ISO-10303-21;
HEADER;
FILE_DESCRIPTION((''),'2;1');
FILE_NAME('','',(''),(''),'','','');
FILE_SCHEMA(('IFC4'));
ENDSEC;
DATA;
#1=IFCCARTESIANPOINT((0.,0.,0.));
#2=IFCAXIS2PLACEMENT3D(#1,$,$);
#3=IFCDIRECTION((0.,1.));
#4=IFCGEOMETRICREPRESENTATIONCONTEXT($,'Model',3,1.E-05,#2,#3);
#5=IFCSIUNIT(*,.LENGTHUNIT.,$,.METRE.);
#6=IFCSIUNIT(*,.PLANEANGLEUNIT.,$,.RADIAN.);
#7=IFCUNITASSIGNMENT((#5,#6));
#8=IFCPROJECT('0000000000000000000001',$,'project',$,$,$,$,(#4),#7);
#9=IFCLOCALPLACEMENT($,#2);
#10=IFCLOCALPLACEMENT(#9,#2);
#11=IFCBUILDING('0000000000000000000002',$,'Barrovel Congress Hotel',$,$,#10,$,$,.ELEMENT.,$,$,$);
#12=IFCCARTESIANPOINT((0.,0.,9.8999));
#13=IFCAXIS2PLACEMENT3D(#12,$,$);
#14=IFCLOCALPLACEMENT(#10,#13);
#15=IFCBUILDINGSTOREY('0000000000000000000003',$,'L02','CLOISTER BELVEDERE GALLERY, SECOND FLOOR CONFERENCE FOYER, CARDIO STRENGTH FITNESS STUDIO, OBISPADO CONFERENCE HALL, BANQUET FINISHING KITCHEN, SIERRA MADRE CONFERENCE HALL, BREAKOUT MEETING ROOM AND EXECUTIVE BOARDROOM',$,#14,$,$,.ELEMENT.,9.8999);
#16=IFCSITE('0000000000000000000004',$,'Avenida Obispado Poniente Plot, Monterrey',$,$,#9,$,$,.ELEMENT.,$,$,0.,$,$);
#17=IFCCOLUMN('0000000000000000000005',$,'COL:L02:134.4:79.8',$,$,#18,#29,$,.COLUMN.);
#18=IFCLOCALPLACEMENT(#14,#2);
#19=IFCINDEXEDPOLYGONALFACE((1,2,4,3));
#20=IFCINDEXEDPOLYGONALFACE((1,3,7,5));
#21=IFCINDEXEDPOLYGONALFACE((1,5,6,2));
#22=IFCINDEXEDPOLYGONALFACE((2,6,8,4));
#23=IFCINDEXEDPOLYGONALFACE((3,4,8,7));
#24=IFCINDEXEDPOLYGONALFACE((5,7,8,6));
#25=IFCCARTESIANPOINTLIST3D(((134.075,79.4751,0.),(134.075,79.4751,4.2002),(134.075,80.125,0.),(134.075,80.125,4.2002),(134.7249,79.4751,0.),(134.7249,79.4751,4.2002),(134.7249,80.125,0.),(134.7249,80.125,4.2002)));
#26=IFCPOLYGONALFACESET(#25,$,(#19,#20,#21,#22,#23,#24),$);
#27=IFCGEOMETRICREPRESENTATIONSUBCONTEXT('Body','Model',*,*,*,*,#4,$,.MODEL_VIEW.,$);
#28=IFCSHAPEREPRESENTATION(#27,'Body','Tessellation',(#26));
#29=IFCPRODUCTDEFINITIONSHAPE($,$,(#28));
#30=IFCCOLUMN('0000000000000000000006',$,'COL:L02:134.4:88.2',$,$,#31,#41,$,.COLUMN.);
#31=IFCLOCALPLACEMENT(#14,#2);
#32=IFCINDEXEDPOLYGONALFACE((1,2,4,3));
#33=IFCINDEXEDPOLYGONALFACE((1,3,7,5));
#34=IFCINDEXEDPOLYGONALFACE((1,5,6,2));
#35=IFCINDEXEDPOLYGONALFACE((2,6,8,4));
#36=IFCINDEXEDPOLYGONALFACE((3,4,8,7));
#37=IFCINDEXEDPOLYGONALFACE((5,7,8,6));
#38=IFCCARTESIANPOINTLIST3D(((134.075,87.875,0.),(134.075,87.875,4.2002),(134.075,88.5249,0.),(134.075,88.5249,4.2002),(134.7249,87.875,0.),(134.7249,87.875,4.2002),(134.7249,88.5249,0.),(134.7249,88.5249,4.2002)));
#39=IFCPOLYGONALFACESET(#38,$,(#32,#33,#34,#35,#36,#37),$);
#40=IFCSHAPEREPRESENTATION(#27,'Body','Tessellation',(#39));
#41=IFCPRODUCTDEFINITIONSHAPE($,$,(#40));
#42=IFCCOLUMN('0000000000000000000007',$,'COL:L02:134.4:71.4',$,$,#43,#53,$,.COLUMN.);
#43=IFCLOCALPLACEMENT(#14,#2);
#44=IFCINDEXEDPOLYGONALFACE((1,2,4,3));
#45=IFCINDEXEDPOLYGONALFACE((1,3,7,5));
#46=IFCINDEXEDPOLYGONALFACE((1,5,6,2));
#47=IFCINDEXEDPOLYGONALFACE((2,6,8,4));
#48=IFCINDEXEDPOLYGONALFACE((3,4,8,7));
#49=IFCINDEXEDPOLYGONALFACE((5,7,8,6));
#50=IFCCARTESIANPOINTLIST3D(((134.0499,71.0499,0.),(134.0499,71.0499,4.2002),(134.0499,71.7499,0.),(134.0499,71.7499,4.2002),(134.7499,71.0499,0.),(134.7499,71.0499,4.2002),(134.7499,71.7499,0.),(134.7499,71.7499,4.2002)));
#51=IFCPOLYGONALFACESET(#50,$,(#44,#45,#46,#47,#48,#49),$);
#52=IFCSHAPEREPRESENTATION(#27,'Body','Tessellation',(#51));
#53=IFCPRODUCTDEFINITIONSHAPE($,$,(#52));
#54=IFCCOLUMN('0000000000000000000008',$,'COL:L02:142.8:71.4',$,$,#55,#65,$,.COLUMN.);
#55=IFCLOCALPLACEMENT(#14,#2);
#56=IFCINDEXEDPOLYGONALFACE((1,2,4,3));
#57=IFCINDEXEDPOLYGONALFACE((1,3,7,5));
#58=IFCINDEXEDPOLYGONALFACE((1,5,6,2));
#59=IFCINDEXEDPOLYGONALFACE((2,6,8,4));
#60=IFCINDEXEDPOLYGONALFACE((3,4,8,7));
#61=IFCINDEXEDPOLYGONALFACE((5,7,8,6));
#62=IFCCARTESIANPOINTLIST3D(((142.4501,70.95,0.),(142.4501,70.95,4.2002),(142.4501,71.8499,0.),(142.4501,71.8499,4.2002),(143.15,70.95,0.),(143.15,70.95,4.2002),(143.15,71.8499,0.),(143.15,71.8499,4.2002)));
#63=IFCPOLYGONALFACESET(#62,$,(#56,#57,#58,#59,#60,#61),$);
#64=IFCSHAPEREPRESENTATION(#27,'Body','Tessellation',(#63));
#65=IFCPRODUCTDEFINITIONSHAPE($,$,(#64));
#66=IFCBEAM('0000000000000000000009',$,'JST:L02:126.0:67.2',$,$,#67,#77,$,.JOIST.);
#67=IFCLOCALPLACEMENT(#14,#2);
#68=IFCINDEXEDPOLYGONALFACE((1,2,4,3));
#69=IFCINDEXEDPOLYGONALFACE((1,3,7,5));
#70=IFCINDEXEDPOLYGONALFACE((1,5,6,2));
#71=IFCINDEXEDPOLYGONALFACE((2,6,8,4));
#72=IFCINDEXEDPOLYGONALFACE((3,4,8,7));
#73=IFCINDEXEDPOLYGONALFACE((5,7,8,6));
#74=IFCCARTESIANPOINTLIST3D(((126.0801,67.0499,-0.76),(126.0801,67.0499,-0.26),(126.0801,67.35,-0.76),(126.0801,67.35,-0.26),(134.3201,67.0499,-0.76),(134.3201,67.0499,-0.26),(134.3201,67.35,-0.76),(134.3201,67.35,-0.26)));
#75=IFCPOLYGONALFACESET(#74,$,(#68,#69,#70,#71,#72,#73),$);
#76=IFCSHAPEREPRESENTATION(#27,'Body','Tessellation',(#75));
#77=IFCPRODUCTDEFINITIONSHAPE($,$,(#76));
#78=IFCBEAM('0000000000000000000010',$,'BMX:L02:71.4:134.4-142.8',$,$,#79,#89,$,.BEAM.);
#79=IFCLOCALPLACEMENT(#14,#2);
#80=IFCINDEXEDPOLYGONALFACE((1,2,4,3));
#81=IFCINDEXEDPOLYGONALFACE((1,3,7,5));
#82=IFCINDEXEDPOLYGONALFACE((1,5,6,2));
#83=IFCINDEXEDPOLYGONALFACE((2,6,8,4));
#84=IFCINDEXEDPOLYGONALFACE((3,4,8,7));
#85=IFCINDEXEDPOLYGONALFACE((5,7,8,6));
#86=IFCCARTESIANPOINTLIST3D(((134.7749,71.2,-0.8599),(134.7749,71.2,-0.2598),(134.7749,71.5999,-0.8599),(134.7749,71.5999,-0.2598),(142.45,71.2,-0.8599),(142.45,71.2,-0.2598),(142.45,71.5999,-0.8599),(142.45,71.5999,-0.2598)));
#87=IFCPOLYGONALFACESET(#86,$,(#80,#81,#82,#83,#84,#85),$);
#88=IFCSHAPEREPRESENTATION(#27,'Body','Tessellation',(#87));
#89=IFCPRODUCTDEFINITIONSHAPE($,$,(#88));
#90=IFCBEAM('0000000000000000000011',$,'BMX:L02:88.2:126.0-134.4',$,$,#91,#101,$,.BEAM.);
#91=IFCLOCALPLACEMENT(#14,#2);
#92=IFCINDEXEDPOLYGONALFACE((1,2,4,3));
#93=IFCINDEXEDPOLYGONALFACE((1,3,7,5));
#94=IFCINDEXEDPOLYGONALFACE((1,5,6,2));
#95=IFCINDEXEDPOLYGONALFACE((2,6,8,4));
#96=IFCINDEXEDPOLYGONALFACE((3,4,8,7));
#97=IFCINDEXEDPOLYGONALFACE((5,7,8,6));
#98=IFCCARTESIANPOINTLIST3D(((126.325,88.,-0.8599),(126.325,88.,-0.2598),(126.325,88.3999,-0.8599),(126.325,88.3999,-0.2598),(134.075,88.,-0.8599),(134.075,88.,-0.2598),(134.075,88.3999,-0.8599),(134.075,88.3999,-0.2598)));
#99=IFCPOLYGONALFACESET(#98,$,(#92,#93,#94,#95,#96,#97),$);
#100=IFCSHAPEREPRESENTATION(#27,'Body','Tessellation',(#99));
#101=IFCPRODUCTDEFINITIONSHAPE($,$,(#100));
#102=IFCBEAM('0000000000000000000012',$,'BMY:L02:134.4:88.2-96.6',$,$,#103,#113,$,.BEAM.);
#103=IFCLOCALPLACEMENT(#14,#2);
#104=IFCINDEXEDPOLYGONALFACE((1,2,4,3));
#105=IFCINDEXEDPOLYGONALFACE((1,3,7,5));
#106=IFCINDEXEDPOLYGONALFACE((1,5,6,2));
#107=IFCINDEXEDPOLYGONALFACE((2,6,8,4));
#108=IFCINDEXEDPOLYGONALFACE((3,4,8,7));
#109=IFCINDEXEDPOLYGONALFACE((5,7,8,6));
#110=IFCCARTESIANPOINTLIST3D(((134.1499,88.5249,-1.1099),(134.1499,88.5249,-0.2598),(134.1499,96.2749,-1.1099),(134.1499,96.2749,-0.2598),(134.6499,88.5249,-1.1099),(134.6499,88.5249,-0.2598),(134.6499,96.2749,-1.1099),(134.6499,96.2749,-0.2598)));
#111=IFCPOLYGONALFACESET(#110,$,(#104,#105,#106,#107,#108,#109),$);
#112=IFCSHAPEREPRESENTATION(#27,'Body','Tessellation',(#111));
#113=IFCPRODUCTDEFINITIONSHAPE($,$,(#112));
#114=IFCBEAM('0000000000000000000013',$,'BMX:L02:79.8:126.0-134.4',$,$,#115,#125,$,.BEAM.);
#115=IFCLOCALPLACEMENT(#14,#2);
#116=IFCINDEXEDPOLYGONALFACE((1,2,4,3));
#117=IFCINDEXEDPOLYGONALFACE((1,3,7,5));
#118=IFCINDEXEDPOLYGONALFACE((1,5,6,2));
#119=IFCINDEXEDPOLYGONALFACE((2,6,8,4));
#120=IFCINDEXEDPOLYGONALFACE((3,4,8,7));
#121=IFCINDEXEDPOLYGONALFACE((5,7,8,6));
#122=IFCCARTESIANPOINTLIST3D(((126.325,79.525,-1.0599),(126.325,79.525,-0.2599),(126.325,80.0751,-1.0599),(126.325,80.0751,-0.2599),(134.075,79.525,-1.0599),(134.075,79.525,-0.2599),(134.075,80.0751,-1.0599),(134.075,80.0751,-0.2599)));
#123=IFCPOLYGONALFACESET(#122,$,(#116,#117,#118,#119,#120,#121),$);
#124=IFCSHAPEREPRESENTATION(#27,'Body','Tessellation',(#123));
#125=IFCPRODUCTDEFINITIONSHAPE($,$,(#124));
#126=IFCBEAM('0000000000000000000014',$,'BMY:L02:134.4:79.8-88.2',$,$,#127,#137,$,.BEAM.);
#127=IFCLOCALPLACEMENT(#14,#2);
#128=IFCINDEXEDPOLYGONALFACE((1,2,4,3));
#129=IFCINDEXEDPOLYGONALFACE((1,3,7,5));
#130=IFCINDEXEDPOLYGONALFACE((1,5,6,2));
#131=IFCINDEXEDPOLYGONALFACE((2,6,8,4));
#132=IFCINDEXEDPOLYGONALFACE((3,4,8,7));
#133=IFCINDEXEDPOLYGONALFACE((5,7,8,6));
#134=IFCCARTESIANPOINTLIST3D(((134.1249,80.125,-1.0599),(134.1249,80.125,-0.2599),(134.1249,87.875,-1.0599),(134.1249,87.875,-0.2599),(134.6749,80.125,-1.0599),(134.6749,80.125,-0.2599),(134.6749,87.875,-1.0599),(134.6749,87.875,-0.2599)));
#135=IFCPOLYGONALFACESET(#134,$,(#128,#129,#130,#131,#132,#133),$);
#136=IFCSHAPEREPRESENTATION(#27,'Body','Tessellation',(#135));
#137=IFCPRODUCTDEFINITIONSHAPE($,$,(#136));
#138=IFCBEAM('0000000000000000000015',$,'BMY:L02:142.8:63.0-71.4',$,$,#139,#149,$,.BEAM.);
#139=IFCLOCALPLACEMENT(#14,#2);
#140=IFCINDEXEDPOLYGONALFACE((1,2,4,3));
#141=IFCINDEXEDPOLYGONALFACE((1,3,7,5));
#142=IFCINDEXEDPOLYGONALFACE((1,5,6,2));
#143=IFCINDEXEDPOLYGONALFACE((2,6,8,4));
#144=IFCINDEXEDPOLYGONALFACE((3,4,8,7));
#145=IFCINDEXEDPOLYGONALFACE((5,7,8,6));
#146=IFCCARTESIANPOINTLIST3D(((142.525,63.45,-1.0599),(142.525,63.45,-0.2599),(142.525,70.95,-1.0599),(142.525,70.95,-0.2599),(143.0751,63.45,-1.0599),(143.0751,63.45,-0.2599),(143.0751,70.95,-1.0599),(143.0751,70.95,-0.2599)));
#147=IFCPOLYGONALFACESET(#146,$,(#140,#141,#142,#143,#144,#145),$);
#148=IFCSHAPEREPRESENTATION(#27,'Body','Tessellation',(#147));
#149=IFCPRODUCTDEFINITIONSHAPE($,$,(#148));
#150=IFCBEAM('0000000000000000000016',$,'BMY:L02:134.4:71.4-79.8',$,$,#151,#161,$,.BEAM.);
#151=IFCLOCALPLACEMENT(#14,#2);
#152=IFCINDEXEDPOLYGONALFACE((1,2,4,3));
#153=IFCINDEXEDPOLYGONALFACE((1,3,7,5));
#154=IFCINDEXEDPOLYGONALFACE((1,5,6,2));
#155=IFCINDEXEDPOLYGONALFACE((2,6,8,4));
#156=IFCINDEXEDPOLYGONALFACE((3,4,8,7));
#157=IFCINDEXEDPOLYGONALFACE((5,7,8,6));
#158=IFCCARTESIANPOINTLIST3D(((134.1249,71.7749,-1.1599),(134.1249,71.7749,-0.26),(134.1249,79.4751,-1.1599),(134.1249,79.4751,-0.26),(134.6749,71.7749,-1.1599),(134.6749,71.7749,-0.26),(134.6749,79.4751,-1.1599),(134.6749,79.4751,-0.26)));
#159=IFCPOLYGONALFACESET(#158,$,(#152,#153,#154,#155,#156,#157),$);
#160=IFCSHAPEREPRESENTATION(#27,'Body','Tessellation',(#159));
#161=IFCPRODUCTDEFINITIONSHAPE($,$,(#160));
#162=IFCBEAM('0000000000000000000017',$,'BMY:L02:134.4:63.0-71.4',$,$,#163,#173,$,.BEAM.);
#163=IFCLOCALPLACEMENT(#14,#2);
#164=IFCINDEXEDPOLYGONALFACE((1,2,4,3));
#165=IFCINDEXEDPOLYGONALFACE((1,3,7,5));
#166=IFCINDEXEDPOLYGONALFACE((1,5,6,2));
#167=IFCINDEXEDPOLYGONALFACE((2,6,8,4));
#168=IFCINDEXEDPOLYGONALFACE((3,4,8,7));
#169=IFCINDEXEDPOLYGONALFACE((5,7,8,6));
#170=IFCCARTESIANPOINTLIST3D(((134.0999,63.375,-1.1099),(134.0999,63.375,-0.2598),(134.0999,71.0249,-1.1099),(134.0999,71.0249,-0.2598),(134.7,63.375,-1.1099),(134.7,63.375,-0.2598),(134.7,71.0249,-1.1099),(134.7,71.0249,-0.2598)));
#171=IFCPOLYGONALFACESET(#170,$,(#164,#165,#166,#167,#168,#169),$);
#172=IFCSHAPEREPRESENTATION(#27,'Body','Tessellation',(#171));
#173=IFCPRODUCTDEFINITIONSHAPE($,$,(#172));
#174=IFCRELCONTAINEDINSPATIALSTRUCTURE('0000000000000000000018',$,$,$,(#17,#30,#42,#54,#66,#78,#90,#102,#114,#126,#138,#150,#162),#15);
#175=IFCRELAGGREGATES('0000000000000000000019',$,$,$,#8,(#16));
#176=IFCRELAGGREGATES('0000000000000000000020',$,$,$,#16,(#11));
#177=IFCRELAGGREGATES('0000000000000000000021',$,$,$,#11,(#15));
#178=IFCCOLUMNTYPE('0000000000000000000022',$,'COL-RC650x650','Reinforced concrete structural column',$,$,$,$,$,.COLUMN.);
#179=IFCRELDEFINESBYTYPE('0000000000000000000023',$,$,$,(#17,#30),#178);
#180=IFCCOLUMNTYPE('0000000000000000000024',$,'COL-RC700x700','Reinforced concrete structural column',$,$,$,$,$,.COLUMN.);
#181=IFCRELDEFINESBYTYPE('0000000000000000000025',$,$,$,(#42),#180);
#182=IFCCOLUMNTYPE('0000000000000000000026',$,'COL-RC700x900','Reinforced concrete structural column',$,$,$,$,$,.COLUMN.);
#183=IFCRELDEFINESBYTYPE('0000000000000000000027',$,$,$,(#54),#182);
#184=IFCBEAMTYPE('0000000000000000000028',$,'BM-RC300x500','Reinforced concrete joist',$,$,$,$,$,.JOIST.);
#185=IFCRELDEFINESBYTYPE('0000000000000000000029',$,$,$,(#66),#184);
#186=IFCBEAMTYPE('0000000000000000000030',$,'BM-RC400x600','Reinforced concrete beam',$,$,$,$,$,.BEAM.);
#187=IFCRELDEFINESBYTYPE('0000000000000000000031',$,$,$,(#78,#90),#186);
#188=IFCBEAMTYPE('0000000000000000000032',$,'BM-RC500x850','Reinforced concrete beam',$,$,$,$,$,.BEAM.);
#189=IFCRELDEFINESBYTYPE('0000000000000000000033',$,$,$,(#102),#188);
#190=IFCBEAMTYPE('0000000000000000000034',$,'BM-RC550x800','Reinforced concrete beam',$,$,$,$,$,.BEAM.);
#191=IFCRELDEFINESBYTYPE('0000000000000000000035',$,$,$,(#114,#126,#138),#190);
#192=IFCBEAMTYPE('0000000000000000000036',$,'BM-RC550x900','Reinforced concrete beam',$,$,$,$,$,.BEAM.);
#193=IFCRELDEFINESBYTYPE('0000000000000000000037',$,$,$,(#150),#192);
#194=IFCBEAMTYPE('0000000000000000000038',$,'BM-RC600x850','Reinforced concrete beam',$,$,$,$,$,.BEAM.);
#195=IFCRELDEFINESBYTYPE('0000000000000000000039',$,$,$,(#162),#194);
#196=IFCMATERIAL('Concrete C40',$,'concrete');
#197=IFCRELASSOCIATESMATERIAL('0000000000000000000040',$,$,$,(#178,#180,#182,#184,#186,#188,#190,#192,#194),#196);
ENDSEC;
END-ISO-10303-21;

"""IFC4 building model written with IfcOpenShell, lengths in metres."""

from ifc_helpers import new_model, si_unit, direction, frame, origin, origin_2d, place, context, subcontext, project, spatial, rectangle, extrude, material, material_profile, profile_set, type_object, element, save


model = new_model("IFC4")

# Units and contexts
model_context = context("Model", 3, precision=1e-05, world=origin(), true_north=direction((0.0, 1.0)))
body_context = subcontext(model_context, "Body", "Model", "MODEL_VIEW")
ifc_project = project(units=[si_unit("LENGTHUNIT", "METRE"), si_unit("PLANEANGLEUNIT", "RADIAN")], contexts=[model_context])

# Site, building, storey
site_placement = place(None, origin())
site = spatial("IfcSite", under=ifc_project, at=site_placement, Name="Avenida Obispado Poniente Plot, Monterrey", CompositionType="ELEMENT", RefElevation=0.0)
building_placement = place(site_placement, origin())
building = spatial("IfcBuilding", under=site, at=building_placement, Name="Barrovel Congress Hotel", CompositionType="ELEMENT")
storey_placement = place(building_placement, frame((0.0, 0.0, 9.8999)))
storey = spatial("IfcBuildingStorey", under=building, at=storey_placement, Name="L02", Description="CLOISTER BELVEDERE GALLERY, SECOND FLOOR CONFERENCE FOYER, CARDIO STRENGTH FITNESS STUDIO, OBISPADO CONFERENCE HALL, BANQUET FINISHING KITCHEN, SIERRA MADRE CONFERENCE HALL, BREAKOUT MEETING ROOM AND EXECUTIVE BOARDROOM", CompositionType="ELEMENT", Elevation=9.8999)

# Columns
ifc_material_1 = material(Name="Concrete C40", Category="concrete")
ifc_material_profile_1 = material_profile(ifc_material_1, rectangle(XDim=0.6499, YDim=0.6499, at=origin_2d()), Name="RC650x650")
ifc_profile_set_1 = profile_set([ifc_material_profile_1], Name="Concrete C40")
column_type_1 = type_object("IfcColumnType", Name="COL-RC650x650", Description="Reinforced concrete structural column", PredefinedType="COLUMN", material=ifc_profile_set_1)
for number, where, z_axis, x_axis, name in (
    (1, (134.3999, 79.8, 0.0), (0.0, 0.0, 1.0), (1.0, 0.0, 0.0), "COL:L02:134.4:79.8"),
    (2, (134.3999, 88.2, 0.0), (0.0, 0.0, 1.0), (1.0, 0.0, 0.0), "COL:L02:134.4:88.2"),
):
    element("IfcColumn", number, at=place(storey_placement, frame(where, z_axis=z_axis, x_axis=x_axis)), inside=storey, type_object=column_type_1, Name=name, PredefinedType="COLUMN", context=body_context, shape_type="SweptSolid", body=[
        extrude(rectangle(XDim=0.6499, YDim=0.6499, at=origin_2d()), origin(), (0.0, 0.0, 1.0), 4.2002),
    ])
ifc_material_profile_2 = material_profile(ifc_material_1, rectangle(XDim=0.7, YDim=0.7, at=origin_2d()), Name="RC700x700")
ifc_profile_set_2 = profile_set([ifc_material_profile_2], Name="Concrete C40")
column_type_2 = type_object("IfcColumnType", Name="COL-RC700x700", Description="Reinforced concrete structural column", PredefinedType="COLUMN", material=ifc_profile_set_2)
column_1_placement = place(storey_placement, frame((134.3999, 71.3999, 0.0), z_axis=(0.0, 0.0, 1.0), x_axis=(1.0, 0.0, 0.0)))
element("IfcColumn", 3, at=column_1_placement, inside=storey, type_object=column_type_2, Name="COL:L02:134.4:71.4", PredefinedType="COLUMN", context=body_context, shape_type="SweptSolid", body=[
    extrude(rectangle(XDim=0.7, YDim=0.7, at=origin_2d()), origin(), (0.0, 0.0, 1.0), 4.2002),
])
ifc_material_profile_3 = material_profile(ifc_material_1, rectangle(XDim=0.7, YDim=0.8999, at=origin_2d()), Name="RC700x900")
ifc_profile_set_3 = profile_set([ifc_material_profile_3], Name="Concrete C40")
column_type_3 = type_object("IfcColumnType", Name="COL-RC700x900", Description="Reinforced concrete structural column", PredefinedType="COLUMN", material=ifc_profile_set_3)
column_2_placement = place(storey_placement, frame((142.8, 71.3999, 0.0), z_axis=(0.0, 0.0, 1.0), x_axis=(1.0, 0.0, 0.0)))
element("IfcColumn", 4, at=column_2_placement, inside=storey, type_object=column_type_3, Name="COL:L02:142.8:71.4", PredefinedType="COLUMN", context=body_context, shape_type="SweptSolid", body=[
    extrude(rectangle(XDim=0.7, YDim=0.8999, at=origin_2d()), origin(), (0.0, 0.0, 1.0), 4.2002),
])

# Beams
ifc_material_profile_4 = material_profile(ifc_material_1, rectangle(XDim=0.3, YDim=0.5, at=origin_2d()), Name="RC300x500")
ifc_profile_set_4 = profile_set([ifc_material_profile_4], Name="Concrete C40")
beam_type_1 = type_object("IfcBeamType", Name="BM-RC300x500", Description="Reinforced concrete joist", PredefinedType="JOIST", material=ifc_profile_set_4)
beam_1_placement = place(storey_placement, frame((126.0801, 67.2, -0.51), z_axis=(1.0, 0.0, 0.0), x_axis=(0.0, 1.0, 0.0)))
element("IfcBeam", 5, at=beam_1_placement, inside=storey, type_object=beam_type_1, Name="JST:L02:126.0:67.2", PredefinedType="JOIST", context=body_context, shape_type="SweptSolid", body=[
    extrude(rectangle(XDim=0.3, YDim=0.5, at=origin_2d()), origin(), (0.0, 0.0, 1.0), 8.24),
])
ifc_material_profile_5 = material_profile(ifc_material_1, rectangle(XDim=0.3999, YDim=0.6001, at=origin_2d()), Name="RC400x600")
ifc_profile_set_5 = profile_set([ifc_material_profile_5], Name="Concrete C40")
beam_type_2 = type_object("IfcBeamType", Name="BM-RC400x600", Description="Reinforced concrete beam", PredefinedType="BEAM", material=ifc_profile_set_5)
beam_2_placement = place(storey_placement, frame((134.7749, 71.3999, -0.5598), z_axis=(1.0, 0.0, 0.0), x_axis=(0.0, 1.0, 0.0)))
element("IfcBeam", 6, at=beam_2_placement, inside=storey, type_object=beam_type_2, Name="BMX:L02:71.4:134.4-142.8", PredefinedType="BEAM", context=body_context, shape_type="SweptSolid", body=[
    extrude(rectangle(XDim=0.3999, YDim=0.6001, at=origin_2d()), origin(), (0.0, 0.0, 1.0), 7.675),
])
beam_3_placement = place(storey_placement, frame((126.325, 88.2, -0.5598), z_axis=(1.0, 0.0, 0.0), x_axis=(0.0, 1.0, 0.0)))
element("IfcBeam", 7, at=beam_3_placement, inside=storey, type_object=beam_type_2, Name="BMX:L02:88.2:126.0-134.4", PredefinedType="BEAM", context=body_context, shape_type="SweptSolid", body=[
    extrude(rectangle(XDim=0.3999, YDim=0.6001, at=origin_2d()), origin(), (0.0, 0.0, 1.0), 7.75),
])
ifc_material_profile_6 = material_profile(ifc_material_1, rectangle(XDim=0.5, YDim=0.8501, at=origin_2d()), Name="RC500x850")
ifc_profile_set_6 = profile_set([ifc_material_profile_6], Name="Concrete C40")
beam_type_3 = type_object("IfcBeamType", Name="BM-RC500x850", Description="Reinforced concrete beam", PredefinedType="BEAM", material=ifc_profile_set_6)
beam_4_placement = place(storey_placement, frame((134.3999, 88.5249, -0.6848), z_axis=(0.0, 1.0, 0.0), x_axis=(-1.0, 0.0, 0.0)))
element("IfcBeam", 8, at=beam_4_placement, inside=storey, type_object=beam_type_3, Name="BMY:L02:134.4:88.2-96.6", PredefinedType="BEAM", context=body_context, shape_type="SweptSolid", body=[
    extrude(rectangle(XDim=0.5, YDim=0.8501, at=origin_2d()), origin(), (0.0, 0.0, 1.0), 7.75),
])
ifc_material_profile_7 = material_profile(ifc_material_1, rectangle(XDim=0.55, YDim=0.8, at=origin_2d()), Name="RC550x800")
ifc_profile_set_7 = profile_set([ifc_material_profile_7], Name="Concrete C40")
beam_type_4 = type_object("IfcBeamType", Name="BM-RC550x800", Description="Reinforced concrete beam", PredefinedType="BEAM", material=ifc_profile_set_7)
for number, where, z_axis, x_axis, name in (
    (9, (126.325, 79.8, -0.6599), (1.0, 0.0, 0.0), (0.0, 1.0, 0.0), "BMX:L02:79.8:126.0-134.4"),
    (10, (134.3999, 80.125, -0.6599), (0.0, 1.0, 0.0), (-1.0, 0.0, 0.0), "BMY:L02:134.4:79.8-88.2"),
):
    element("IfcBeam", number, at=place(storey_placement, frame(where, z_axis=z_axis, x_axis=x_axis)), inside=storey, type_object=beam_type_4, Name=name, PredefinedType="BEAM", context=body_context, shape_type="SweptSolid", body=[
        extrude(rectangle(XDim=0.55, YDim=0.8, at=origin_2d()), origin(), (0.0, 0.0, 1.0), 7.75),
    ])
beam_5_placement = place(storey_placement, frame((142.8, 63.45, -0.6599), z_axis=(0.0, 1.0, 0.0), x_axis=(-1.0, 0.0, 0.0)))
element("IfcBeam", 11, at=beam_5_placement, inside=storey, type_object=beam_type_4, Name="BMY:L02:142.8:63.0-71.4", PredefinedType="BEAM", context=body_context, shape_type="SweptSolid", body=[
    extrude(rectangle(XDim=0.55, YDim=0.8, at=origin_2d()), origin(), (0.0, 0.0, 1.0), 7.5),
])
ifc_material_profile_8 = material_profile(ifc_material_1, rectangle(XDim=0.55, YDim=0.8999, at=origin_2d()), Name="RC550x900")
ifc_profile_set_8 = profile_set([ifc_material_profile_8], Name="Concrete C40")
beam_type_5 = type_object("IfcBeamType", Name="BM-RC550x900", Description="Reinforced concrete beam", PredefinedType="BEAM", material=ifc_profile_set_8)
beam_6_placement = place(storey_placement, frame((134.3999, 71.7749, -0.71), z_axis=(0.0, 1.0, 0.0), x_axis=(-1.0, 0.0, 0.0)))
element("IfcBeam", 12, at=beam_6_placement, inside=storey, type_object=beam_type_5, Name="BMY:L02:134.4:71.4-79.8", PredefinedType="BEAM", context=body_context, shape_type="SweptSolid", body=[
    extrude(rectangle(XDim=0.55, YDim=0.8999, at=origin_2d()), origin(), (0.0, 0.0, 1.0), 7.7002),
])
ifc_material_profile_9 = material_profile(ifc_material_1, rectangle(XDim=0.6001, YDim=0.8501, at=origin_2d()), Name="RC600x850")
ifc_profile_set_9 = profile_set([ifc_material_profile_9], Name="Concrete C40")
beam_type_6 = type_object("IfcBeamType", Name="BM-RC600x850", Description="Reinforced concrete beam", PredefinedType="BEAM", material=ifc_profile_set_9)
beam_7_placement = place(storey_placement, frame((134.3999, 63.375, -0.6848), z_axis=(0.0, 1.0, 0.0), x_axis=(-1.0, 0.0, 0.0)))
element("IfcBeam", 13, at=beam_7_placement, inside=storey, type_object=beam_type_6, Name="BMY:L02:134.4:63.0-71.4", PredefinedType="BEAM", context=body_context, shape_type="SweptSolid", body=[
    extrude(rectangle(XDim=0.6001, YDim=0.8501, at=origin_2d()), origin(), (0.0, 0.0, 1.0), 7.6499),
])

save(model, "model.ifc")
